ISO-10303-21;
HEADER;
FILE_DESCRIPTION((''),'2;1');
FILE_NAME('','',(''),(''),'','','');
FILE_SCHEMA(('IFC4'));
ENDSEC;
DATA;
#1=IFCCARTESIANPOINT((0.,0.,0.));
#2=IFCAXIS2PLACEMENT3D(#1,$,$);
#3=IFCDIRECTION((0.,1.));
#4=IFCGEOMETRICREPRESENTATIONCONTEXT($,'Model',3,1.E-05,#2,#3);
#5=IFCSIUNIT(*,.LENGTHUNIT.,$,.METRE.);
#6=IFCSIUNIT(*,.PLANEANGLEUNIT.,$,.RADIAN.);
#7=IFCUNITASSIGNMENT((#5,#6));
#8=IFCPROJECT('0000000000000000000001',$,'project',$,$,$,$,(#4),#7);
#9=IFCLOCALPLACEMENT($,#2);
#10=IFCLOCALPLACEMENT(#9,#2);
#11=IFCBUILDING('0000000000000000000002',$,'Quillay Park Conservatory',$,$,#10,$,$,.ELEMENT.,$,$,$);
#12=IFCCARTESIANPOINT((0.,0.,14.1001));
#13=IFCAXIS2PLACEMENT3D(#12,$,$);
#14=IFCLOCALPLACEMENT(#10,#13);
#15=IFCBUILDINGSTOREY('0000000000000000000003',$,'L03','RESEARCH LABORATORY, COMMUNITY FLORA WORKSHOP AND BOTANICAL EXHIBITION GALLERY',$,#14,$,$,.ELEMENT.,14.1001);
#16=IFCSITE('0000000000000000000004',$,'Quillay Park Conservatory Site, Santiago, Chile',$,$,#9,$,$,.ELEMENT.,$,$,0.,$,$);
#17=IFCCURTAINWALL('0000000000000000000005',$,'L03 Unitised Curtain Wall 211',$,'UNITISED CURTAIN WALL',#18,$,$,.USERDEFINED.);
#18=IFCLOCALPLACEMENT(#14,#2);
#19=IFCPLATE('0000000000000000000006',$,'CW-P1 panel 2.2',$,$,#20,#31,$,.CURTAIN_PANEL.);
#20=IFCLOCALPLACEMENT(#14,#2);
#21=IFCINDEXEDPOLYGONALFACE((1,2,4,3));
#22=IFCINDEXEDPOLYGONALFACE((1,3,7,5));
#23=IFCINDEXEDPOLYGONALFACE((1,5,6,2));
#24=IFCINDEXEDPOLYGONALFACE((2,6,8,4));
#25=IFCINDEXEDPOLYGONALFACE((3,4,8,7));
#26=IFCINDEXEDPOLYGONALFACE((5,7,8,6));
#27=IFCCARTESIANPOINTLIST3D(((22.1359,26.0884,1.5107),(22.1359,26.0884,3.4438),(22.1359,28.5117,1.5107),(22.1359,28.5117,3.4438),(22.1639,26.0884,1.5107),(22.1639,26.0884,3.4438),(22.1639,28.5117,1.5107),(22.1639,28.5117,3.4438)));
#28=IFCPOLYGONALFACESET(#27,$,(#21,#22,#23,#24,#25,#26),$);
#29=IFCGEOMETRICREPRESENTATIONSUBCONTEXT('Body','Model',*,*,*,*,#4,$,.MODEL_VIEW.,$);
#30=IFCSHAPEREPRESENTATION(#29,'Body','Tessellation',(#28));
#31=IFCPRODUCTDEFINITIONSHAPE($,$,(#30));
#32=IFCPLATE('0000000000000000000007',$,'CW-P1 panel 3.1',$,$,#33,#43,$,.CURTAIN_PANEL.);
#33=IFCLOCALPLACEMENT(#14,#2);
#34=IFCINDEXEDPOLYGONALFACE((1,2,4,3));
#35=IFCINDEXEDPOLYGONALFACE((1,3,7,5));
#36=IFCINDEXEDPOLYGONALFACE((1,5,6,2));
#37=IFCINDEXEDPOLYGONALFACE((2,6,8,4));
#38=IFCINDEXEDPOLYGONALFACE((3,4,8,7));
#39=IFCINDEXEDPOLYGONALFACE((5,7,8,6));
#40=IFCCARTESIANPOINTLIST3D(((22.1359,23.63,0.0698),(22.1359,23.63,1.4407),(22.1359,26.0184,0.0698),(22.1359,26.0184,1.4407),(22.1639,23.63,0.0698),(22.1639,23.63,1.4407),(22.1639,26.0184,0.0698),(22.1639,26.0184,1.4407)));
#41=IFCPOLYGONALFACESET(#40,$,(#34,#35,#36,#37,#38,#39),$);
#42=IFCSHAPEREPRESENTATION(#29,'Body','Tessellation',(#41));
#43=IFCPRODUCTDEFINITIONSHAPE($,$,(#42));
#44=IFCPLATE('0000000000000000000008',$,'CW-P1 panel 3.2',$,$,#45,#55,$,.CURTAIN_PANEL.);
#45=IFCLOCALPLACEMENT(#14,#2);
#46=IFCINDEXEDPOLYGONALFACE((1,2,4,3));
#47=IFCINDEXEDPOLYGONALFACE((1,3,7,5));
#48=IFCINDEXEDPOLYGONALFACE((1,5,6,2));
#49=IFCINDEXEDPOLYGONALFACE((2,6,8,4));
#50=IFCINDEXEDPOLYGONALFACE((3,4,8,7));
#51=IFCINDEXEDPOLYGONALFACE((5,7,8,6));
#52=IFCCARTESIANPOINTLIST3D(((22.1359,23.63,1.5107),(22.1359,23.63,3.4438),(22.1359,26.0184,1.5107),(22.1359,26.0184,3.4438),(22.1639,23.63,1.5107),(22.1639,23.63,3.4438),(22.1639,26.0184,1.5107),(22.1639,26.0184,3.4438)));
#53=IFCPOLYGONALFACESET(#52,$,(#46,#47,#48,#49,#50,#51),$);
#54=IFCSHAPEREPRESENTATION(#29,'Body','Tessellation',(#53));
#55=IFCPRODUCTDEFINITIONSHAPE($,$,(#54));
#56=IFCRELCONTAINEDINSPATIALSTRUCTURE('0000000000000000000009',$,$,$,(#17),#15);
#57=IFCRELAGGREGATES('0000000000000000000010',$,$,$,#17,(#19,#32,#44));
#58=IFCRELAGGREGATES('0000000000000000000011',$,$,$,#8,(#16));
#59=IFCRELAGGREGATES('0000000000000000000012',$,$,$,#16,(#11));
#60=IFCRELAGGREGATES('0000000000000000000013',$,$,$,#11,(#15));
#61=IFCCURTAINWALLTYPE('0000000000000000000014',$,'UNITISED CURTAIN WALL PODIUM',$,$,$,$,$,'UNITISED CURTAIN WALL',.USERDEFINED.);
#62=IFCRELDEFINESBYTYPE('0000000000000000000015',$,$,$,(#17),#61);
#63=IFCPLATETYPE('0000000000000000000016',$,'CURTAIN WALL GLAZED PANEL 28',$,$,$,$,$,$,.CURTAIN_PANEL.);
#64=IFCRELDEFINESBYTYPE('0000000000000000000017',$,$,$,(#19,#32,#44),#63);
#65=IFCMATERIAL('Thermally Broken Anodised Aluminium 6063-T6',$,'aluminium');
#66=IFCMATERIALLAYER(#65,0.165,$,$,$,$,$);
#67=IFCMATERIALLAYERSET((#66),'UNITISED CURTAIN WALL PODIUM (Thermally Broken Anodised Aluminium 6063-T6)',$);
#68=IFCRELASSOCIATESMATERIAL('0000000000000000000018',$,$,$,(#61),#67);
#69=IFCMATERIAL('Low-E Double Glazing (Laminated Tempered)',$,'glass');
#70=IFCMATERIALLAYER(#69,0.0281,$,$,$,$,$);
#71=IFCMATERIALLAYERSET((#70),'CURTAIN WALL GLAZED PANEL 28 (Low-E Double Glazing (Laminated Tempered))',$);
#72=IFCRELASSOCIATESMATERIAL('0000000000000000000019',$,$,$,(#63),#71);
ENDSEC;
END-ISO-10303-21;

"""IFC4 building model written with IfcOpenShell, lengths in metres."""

from ifc_helpers import new_model, si_unit, direction, frame, origin, origin_2d, place, context, subcontext, project, spatial, rectangle, extrude, material, layer, layer_set, type_object, element, aggregate, save


model = new_model("IFC4")

# Units and contexts
model_context = context("Model", 3, precision=1e-05, world=origin(), true_north=direction((0.0, 1.0)))
body_context = subcontext(model_context, "Body", "Model", "MODEL_VIEW")
ifc_project = project(units=[si_unit("LENGTHUNIT", "METRE"), si_unit("PLANEANGLEUNIT", "RADIAN")], contexts=[model_context])

# Site, building, storey
site_placement = place(None, origin())
site = spatial("IfcSite", under=ifc_project, at=site_placement, Name="Quillay Park Conservatory Site, Santiago, Chile", CompositionType="ELEMENT", RefElevation=0.0)
building_placement = place(site_placement, origin())
building = spatial("IfcBuilding", under=site, at=building_placement, Name="Quillay Park Conservatory", CompositionType="ELEMENT")
storey_placement = place(building_placement, frame((0.0, 0.0, 14.1001)))
storey = spatial("IfcBuildingStorey", under=building, at=storey_placement, Name="L03", Description="RESEARCH LABORATORY, COMMUNITY FLORA WORKSHOP AND BOTANICAL EXHIBITION GALLERY", CompositionType="ELEMENT", Elevation=14.1001)

# Shared definitions
ifc_material_1 = material(Name="Thermally Broken Anodised Aluminium 6063-T6", Category="aluminium")
ifc_layer_1 = layer(ifc_material_1, 0.165)
ifc_layer_set_1 = layer_set([ifc_layer_1], Name="UNITISED CURTAIN WALL PODIUM (Thermally Broken Anodised Aluminium 6063-T6)")
curtain_wall_type = type_object("IfcCurtainWallType", Name="UNITISED CURTAIN WALL PODIUM", ElementType="UNITISED CURTAIN WALL", PredefinedType="USERDEFINED", material=ifc_layer_set_1)

# Curtain wall
curtain_wall_1_placement = place(storey_placement, origin())
curtain_wall_1 = element("IfcCurtainWall", 1, at=curtain_wall_1_placement, inside=storey, type_object=curtain_wall_type, Name="L03 Unitised Curtain Wall 211", ObjectType="UNITISED CURTAIN WALL", PredefinedType="USERDEFINED")

# Plates
ifc_material_2 = material(Name="Low-E Double Glazing (Laminated Tempered)", Category="glass")
ifc_layer_2 = layer(ifc_material_2, 0.0281)
ifc_layer_set_2 = layer_set([ifc_layer_2], Name="CURTAIN WALL GLAZED PANEL 28 (Low-E Double Glazing (Laminated Tempered))")
plate_type = type_object("IfcPlateType", Name="CURTAIN WALL GLAZED PANEL 28", PredefinedType="CURTAIN_PANEL", material=ifc_layer_set_2)
plate_1_placement = place(storey_placement, frame((22.1499, 27.3, 1.5107), z_axis=(0.0, 0.0, 1.0), x_axis=(0.0, -1.0, 0.0)))
plate_1 = element("IfcPlate", 2, at=plate_1_placement, type_object=plate_type, Name="CW-P1 panel 2.2", PredefinedType="CURTAIN_PANEL", context=body_context, shape_type="SweptSolid", body=[
    extrude(rectangle(XDim=2.4233, YDim=0.0281, at=origin_2d()), origin(), (0.0, 0.0, 1.0), 1.9331),
])
plate_2_placement = place(storey_placement, frame((22.1499, 24.8242, 0.0698), z_axis=(0.0, 0.0, 1.0), x_axis=(0.0, -1.0, 0.0)))
plate_2 = element("IfcPlate", 3, at=plate_2_placement, type_object=plate_type, Name="CW-P1 panel 3.1", PredefinedType="CURTAIN_PANEL", context=body_context, shape_type="SweptSolid", body=[
    extrude(rectangle(XDim=2.3884, YDim=0.0281, at=origin_2d()), origin(), (0.0, 0.0, 1.0), 1.3708),
])
plate_3_placement = place(storey_placement, frame((22.1499, 24.8242, 1.5107), z_axis=(0.0, 0.0, 1.0), x_axis=(0.0, -1.0, 0.0)))
plate_3 = element("IfcPlate", 4, at=plate_3_placement, type_object=plate_type, Name="CW-P1 panel 3.2", PredefinedType="CURTAIN_PANEL", context=body_context, shape_type="SweptSolid", body=[
    extrude(rectangle(XDim=2.3884, YDim=0.0281, at=origin_2d()), origin(), (0.0, 0.0, 1.0), 1.9331),
])
aggregate(curtain_wall_1, [plate_1, plate_2, plate_3])

save(model, "model.ifc")
